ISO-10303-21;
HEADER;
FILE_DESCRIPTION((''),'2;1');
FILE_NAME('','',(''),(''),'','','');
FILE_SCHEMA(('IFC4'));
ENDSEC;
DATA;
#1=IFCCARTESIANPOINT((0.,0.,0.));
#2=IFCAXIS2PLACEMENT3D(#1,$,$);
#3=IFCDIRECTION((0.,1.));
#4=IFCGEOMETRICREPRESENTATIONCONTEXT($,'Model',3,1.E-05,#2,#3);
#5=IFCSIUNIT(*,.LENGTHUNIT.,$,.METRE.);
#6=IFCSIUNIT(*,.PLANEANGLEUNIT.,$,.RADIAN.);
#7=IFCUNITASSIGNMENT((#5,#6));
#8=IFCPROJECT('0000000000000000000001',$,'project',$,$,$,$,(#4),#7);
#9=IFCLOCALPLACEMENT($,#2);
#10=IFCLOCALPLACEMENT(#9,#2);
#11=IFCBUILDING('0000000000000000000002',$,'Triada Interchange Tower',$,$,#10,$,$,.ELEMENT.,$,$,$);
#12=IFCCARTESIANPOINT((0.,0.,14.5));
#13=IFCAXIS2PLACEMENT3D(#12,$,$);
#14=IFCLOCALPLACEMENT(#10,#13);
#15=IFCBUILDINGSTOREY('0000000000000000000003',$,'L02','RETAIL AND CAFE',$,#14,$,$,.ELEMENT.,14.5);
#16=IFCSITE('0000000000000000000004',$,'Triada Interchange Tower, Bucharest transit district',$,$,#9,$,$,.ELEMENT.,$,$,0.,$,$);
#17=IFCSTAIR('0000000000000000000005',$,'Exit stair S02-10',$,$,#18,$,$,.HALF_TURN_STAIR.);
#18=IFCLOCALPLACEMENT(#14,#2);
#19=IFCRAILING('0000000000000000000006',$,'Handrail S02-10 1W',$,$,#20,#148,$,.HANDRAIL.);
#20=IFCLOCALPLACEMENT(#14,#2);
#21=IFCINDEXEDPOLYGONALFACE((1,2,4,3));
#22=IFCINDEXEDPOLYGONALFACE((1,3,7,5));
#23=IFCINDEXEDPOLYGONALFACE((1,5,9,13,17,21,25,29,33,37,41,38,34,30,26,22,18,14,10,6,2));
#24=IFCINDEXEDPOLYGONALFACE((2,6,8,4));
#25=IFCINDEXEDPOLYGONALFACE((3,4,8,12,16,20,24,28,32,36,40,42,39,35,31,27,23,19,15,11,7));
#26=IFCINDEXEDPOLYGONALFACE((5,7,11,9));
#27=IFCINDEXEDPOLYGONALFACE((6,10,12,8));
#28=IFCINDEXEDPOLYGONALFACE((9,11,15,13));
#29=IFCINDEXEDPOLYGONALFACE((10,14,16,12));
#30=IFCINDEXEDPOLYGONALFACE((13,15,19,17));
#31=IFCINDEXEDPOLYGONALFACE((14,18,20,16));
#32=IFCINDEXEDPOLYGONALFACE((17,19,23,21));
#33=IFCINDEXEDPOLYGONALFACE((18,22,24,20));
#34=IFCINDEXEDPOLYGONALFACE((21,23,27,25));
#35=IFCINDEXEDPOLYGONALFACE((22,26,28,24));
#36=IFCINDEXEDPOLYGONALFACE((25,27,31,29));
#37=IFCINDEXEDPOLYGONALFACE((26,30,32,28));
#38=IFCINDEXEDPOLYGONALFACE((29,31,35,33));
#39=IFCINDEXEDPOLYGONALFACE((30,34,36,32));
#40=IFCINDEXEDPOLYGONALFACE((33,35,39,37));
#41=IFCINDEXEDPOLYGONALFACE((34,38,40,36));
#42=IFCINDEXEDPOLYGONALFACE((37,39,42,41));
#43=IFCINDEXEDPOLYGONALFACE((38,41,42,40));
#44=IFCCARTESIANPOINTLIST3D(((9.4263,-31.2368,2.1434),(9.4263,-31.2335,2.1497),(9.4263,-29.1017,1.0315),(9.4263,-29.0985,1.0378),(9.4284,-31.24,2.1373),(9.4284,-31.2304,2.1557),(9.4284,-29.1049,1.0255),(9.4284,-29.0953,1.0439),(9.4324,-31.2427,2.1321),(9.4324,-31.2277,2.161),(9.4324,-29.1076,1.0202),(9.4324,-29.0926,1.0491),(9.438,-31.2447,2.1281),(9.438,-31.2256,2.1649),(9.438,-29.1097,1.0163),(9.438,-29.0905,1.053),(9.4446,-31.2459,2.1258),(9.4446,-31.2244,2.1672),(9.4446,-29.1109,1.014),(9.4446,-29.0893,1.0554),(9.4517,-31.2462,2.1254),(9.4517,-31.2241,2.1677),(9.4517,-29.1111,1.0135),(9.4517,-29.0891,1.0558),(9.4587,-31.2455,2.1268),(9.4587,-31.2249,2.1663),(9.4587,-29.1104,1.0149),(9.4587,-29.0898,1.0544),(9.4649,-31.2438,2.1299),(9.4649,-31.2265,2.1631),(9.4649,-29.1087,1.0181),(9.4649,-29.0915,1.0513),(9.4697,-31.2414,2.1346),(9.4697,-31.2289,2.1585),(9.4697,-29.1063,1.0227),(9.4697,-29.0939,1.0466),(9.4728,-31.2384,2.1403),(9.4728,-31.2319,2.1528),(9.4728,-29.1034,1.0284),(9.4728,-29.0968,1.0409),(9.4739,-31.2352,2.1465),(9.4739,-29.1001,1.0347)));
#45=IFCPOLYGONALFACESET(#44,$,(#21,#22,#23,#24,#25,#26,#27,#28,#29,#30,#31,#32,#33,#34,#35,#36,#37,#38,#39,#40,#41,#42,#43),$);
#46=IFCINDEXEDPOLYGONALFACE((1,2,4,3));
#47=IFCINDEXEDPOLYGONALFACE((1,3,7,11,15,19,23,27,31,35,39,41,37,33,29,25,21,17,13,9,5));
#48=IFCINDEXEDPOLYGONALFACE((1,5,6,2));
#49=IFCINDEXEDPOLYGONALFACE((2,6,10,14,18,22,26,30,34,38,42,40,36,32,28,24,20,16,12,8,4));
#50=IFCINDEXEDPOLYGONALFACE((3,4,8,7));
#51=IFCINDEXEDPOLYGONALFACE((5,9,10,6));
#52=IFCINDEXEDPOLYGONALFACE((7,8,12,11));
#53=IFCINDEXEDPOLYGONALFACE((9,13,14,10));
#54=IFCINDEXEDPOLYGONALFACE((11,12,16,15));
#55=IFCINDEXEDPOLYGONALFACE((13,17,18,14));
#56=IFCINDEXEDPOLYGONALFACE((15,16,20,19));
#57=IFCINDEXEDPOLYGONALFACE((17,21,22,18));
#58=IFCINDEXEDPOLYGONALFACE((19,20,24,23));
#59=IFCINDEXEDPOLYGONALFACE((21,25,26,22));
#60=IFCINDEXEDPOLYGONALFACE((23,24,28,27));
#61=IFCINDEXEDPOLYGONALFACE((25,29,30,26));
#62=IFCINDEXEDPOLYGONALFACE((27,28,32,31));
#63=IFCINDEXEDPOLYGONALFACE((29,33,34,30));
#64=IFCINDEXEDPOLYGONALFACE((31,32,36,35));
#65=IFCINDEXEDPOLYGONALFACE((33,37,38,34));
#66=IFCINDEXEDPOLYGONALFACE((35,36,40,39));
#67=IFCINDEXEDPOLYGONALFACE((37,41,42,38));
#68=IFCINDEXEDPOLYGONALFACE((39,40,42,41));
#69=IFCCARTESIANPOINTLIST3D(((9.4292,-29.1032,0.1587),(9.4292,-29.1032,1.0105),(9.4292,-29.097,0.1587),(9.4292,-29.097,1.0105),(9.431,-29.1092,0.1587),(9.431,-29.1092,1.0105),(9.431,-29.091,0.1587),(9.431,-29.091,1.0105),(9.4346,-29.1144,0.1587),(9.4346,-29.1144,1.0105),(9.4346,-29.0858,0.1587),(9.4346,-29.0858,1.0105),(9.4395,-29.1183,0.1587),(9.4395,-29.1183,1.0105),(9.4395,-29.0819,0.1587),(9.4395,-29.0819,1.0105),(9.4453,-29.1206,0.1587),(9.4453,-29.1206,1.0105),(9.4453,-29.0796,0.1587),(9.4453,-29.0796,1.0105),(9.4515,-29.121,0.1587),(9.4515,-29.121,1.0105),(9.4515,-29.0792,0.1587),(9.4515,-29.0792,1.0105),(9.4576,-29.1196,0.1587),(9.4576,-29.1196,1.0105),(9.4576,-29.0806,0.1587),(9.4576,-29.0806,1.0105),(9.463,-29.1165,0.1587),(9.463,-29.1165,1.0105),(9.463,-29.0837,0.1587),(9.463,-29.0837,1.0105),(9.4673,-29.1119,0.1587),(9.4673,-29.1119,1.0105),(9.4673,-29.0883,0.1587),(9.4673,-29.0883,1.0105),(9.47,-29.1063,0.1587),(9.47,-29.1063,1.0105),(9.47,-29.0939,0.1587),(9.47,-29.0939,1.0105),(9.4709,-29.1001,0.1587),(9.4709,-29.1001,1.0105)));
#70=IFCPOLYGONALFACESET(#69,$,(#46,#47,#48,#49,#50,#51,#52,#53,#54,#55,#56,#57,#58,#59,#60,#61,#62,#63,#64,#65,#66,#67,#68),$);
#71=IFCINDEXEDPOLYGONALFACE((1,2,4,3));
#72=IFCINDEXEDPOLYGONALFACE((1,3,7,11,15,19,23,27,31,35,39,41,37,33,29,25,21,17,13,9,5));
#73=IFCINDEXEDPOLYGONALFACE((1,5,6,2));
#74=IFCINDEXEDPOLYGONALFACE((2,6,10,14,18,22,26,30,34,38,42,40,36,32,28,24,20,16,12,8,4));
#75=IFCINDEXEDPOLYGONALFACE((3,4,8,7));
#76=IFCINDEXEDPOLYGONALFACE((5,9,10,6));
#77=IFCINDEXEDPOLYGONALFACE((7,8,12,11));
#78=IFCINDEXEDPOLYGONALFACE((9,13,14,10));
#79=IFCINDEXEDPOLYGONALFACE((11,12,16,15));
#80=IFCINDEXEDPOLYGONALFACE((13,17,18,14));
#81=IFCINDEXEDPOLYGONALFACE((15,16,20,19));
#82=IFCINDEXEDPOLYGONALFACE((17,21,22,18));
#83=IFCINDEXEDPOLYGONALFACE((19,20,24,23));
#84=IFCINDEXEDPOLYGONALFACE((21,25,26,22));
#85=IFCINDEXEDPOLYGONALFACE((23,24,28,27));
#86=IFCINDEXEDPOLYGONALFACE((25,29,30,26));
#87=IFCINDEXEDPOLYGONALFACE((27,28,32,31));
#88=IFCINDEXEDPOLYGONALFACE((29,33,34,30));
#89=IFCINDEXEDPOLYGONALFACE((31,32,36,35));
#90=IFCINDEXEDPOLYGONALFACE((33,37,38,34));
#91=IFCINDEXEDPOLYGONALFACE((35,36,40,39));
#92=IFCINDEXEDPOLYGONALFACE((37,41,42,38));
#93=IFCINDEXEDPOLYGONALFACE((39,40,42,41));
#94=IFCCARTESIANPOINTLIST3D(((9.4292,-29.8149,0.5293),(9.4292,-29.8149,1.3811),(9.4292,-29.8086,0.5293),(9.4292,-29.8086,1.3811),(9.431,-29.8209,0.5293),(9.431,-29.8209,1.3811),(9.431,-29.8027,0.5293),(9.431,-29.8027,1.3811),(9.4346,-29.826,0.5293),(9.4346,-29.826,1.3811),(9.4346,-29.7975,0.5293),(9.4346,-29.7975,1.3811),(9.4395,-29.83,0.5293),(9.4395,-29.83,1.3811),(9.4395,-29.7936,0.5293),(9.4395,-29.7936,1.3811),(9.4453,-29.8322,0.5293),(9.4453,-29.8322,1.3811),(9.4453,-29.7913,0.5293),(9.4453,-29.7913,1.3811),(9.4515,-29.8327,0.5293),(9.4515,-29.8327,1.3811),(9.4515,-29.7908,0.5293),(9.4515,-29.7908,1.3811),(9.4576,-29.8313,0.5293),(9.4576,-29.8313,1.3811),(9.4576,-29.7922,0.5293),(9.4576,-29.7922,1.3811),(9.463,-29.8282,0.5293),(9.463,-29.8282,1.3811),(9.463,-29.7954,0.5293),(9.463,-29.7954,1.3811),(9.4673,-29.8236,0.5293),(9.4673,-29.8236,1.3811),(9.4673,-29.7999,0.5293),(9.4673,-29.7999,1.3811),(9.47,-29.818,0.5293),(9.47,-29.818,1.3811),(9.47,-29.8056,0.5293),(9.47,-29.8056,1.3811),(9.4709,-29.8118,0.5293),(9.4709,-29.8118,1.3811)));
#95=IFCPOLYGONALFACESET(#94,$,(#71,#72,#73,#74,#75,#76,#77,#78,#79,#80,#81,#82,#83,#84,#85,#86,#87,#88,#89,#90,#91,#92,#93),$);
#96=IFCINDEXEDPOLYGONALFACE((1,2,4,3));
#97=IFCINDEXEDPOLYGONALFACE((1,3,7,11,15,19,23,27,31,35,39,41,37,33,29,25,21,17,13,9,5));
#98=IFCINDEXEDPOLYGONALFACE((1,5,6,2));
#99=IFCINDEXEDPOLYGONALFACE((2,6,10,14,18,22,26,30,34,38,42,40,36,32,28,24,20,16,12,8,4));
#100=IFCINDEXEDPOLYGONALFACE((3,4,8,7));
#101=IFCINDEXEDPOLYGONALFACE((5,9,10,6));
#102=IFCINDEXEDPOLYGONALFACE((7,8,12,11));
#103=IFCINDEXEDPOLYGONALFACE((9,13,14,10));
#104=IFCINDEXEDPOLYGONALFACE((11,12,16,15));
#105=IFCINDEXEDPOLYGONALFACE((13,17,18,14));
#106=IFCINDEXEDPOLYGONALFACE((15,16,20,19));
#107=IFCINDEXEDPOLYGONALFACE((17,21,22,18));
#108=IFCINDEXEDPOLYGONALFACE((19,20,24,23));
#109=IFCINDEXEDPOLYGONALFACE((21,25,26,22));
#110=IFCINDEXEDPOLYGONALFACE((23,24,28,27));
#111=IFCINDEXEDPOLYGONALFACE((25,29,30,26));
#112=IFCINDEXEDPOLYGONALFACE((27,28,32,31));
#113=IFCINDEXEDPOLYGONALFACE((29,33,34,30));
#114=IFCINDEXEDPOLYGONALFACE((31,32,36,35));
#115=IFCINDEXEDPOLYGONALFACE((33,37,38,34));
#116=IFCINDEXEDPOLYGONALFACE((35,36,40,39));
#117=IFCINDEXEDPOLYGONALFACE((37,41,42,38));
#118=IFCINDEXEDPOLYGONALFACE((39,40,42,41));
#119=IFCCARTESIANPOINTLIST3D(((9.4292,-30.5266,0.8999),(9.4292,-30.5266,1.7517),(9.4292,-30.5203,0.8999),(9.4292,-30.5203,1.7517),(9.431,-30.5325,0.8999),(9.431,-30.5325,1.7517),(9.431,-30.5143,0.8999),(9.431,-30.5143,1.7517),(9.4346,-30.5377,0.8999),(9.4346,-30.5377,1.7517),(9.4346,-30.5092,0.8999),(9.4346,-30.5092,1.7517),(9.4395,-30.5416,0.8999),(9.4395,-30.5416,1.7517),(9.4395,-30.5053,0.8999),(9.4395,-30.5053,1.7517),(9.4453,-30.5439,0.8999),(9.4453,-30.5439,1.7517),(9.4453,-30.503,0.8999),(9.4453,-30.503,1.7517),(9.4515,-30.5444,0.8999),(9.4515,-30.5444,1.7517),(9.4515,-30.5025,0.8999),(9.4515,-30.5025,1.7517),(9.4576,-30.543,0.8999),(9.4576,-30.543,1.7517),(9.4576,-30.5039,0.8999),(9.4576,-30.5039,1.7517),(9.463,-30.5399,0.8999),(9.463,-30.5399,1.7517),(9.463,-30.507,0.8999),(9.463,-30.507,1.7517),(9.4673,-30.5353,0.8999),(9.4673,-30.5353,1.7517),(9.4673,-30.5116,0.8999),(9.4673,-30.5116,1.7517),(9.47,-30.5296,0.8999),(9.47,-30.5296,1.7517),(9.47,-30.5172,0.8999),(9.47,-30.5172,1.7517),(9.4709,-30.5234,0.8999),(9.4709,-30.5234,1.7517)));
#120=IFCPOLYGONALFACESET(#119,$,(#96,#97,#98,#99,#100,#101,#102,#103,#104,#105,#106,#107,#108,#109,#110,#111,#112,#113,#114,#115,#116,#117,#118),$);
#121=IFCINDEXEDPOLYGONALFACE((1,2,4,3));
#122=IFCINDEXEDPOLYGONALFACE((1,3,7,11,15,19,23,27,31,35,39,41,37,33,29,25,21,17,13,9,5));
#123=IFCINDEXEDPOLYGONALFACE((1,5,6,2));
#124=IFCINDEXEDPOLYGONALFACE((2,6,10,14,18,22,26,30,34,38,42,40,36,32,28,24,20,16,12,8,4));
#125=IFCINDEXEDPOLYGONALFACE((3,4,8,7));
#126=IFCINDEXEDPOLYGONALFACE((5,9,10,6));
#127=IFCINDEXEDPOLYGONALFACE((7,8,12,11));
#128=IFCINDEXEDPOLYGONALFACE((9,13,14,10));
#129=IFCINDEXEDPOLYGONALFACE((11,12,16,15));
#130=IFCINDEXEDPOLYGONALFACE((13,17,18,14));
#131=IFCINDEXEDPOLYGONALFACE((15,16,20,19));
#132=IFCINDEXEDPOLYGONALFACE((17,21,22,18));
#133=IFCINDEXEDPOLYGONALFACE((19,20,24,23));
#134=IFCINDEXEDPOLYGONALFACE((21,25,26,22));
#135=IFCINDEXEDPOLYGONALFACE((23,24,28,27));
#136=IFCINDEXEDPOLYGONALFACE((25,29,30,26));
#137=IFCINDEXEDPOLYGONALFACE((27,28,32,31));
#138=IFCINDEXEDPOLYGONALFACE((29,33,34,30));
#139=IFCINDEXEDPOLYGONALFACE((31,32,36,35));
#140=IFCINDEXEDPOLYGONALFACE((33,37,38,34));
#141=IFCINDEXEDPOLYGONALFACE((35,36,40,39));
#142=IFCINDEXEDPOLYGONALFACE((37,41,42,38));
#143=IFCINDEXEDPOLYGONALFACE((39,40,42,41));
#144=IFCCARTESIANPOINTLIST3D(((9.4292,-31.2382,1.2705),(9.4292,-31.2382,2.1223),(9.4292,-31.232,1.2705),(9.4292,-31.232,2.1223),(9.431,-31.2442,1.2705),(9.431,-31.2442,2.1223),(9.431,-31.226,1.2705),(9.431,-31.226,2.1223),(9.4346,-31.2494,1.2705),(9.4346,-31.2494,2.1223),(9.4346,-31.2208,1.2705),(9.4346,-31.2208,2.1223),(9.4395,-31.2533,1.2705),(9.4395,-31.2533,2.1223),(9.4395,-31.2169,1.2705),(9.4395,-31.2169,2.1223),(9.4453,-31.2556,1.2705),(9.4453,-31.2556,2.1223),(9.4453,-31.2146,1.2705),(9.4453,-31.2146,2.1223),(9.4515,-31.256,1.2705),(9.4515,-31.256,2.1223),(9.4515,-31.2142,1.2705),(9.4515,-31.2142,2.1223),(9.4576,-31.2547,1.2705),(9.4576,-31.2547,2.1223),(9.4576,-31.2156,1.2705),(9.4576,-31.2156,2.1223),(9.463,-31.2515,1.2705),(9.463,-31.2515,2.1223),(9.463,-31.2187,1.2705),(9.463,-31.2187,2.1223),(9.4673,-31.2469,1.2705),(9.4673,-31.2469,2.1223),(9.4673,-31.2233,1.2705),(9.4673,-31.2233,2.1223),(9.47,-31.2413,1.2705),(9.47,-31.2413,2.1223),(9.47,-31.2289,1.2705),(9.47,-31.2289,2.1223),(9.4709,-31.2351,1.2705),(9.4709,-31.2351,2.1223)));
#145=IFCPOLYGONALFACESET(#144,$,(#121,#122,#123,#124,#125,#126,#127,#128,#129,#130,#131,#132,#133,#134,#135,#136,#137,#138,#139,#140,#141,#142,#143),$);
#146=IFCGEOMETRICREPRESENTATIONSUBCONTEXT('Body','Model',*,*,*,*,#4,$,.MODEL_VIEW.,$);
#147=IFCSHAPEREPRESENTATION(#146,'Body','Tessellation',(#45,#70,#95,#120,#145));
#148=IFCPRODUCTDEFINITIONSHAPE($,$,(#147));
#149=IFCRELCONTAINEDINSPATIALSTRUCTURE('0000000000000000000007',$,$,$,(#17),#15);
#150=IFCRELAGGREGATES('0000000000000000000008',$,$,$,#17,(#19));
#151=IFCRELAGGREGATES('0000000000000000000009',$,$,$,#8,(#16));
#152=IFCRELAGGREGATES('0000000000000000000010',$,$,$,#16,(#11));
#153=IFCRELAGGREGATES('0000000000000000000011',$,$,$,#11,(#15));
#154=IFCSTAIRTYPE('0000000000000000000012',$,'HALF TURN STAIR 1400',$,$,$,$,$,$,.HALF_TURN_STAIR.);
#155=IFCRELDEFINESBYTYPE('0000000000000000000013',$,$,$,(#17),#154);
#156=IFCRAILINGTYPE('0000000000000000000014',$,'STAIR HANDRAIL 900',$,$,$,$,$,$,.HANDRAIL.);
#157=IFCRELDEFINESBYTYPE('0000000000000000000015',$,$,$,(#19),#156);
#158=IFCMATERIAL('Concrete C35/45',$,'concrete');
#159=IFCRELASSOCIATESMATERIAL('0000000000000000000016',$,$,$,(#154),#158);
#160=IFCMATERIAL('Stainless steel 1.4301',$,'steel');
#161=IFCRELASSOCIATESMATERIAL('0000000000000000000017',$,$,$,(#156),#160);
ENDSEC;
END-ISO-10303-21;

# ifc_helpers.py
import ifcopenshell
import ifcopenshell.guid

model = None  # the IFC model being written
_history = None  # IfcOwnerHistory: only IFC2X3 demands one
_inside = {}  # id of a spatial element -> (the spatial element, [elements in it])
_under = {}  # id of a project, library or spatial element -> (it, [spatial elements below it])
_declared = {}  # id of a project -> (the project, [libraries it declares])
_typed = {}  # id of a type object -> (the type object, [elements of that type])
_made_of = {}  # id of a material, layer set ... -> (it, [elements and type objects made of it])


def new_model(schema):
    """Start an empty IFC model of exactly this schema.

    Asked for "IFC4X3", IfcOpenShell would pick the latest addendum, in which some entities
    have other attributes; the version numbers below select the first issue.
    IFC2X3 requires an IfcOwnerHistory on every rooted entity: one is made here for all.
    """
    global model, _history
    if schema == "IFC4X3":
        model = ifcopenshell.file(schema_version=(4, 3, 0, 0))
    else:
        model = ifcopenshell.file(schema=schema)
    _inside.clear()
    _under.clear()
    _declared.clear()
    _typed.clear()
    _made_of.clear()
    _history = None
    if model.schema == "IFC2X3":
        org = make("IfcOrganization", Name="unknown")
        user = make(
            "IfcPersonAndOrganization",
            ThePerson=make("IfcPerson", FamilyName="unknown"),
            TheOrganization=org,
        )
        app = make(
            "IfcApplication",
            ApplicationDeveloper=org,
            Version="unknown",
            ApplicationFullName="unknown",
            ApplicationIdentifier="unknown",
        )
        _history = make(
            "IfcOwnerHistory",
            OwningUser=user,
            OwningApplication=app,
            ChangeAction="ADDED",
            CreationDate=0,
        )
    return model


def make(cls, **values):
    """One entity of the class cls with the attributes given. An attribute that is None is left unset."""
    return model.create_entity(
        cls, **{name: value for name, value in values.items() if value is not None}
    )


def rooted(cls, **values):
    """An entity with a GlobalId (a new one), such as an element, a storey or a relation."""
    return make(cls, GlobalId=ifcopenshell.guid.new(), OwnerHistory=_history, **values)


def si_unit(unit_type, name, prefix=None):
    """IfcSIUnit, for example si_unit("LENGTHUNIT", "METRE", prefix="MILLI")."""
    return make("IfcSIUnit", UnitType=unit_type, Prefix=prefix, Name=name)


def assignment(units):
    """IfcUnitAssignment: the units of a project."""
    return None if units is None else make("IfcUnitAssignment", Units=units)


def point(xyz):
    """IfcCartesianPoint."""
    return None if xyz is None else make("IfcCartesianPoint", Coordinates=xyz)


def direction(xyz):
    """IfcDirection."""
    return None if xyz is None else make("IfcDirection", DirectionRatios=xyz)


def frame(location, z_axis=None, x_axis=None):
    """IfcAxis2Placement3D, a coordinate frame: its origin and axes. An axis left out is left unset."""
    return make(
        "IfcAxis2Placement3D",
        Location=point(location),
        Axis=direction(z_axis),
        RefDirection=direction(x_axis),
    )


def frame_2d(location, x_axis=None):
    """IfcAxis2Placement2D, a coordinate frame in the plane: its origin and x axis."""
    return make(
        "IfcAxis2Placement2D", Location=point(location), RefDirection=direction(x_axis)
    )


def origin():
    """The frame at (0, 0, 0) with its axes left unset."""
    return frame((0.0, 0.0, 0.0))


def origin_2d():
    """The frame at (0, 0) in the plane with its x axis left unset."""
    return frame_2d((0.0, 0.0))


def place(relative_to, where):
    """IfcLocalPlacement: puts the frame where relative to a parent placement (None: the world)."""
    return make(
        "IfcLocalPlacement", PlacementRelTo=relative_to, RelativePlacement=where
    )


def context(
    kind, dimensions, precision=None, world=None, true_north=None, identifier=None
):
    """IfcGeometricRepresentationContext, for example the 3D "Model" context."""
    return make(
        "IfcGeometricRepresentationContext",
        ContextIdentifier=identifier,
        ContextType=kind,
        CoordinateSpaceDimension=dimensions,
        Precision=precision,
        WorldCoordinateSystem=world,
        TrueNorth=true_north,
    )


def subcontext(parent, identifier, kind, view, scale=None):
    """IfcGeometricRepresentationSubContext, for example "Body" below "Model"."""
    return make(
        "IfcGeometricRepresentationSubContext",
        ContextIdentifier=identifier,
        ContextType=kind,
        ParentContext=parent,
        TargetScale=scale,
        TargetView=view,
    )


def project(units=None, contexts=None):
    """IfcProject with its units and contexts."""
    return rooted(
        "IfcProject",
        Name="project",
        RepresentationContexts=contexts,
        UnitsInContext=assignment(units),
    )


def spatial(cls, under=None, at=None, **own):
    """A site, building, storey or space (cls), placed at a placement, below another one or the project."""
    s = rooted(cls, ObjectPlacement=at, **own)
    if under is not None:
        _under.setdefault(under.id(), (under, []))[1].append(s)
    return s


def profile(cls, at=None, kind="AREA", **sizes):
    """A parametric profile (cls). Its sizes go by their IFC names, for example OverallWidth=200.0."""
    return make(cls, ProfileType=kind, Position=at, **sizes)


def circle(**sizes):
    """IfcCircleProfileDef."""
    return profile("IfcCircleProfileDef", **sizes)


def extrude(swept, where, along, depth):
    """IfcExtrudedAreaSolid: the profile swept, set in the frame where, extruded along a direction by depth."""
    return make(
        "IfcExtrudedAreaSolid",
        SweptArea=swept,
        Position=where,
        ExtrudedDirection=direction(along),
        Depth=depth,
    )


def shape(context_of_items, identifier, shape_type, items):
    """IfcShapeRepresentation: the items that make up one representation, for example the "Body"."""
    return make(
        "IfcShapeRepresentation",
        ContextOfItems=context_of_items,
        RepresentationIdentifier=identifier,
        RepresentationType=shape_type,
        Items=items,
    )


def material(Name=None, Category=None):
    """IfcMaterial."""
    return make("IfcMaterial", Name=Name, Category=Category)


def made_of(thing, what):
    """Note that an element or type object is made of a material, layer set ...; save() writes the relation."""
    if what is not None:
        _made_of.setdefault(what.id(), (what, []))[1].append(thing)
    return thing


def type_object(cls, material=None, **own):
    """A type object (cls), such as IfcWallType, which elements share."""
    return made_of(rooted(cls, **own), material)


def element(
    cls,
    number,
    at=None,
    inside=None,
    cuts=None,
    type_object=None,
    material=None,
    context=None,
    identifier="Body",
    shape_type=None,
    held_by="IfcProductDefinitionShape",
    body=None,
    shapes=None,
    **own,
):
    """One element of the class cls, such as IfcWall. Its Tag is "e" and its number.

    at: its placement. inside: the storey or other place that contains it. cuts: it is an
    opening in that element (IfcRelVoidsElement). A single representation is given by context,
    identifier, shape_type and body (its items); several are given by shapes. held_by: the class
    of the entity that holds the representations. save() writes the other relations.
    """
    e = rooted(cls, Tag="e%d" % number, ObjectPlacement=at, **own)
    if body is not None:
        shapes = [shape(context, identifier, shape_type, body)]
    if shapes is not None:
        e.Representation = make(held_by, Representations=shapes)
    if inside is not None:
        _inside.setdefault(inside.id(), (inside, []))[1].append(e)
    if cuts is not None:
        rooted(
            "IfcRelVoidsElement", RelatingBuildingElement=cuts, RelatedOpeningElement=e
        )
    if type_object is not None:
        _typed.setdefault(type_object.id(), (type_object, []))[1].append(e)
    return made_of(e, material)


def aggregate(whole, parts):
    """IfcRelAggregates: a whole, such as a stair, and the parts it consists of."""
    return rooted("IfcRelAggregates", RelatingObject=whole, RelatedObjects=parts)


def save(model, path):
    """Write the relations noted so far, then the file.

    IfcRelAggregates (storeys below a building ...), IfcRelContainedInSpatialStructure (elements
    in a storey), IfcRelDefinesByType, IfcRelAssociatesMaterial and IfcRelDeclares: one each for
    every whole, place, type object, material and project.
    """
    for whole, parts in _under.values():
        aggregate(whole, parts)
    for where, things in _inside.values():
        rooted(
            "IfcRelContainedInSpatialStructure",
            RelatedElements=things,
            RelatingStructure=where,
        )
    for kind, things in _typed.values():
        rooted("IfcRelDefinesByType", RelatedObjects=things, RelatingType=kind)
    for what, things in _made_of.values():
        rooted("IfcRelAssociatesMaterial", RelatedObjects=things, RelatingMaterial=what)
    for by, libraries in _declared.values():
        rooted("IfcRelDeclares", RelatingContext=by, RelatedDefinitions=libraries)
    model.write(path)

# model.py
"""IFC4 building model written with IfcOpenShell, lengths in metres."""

from ifc_helpers import new_model, si_unit, direction, frame, origin, origin_2d, place, context, subcontext, project, spatial, circle, extrude, material, type_object, element, aggregate, save


model = new_model("IFC4")

# Units and contexts
model_context = context("Model", 3, precision=1e-05, world=origin(), true_north=direction((0.0, 1.0)))
body_context = subcontext(model_context, "Body", "Model", "MODEL_VIEW")
ifc_project = project(units=[si_unit("LENGTHUNIT", "METRE"), si_unit("PLANEANGLEUNIT", "RADIAN")], contexts=[model_context])

# Site, building, storey
site_placement = place(None, origin())
site = spatial("IfcSite", under=ifc_project, at=site_placement, Name="Triada Interchange Tower, Bucharest transit district", CompositionType="ELEMENT", RefElevation=0.0)
building_placement = place(site_placement, origin())
building = spatial("IfcBuilding", under=site, at=building_placement, Name="Triada Interchange Tower", CompositionType="ELEMENT")
storey_placement = place(building_placement, frame((0.0, 0.0, 14.5)))
storey = spatial("IfcBuildingStorey", under=building, at=storey_placement, Name="L02", Description="RETAIL AND CAFE", CompositionType="ELEMENT", Elevation=14.5)

# Shared definitions
ifc_material_1 = material(Name="Concrete C35/45", Category="concrete")

# Stair, railing
stair_type = type_object("IfcStairType", Name="HALF TURN STAIR 1400", PredefinedType="HALF_TURN_STAIR", material=ifc_material_1)
stair_placement = place(storey_placement, origin())
stair = element("IfcStair", 1, at=stair_placement, inside=storey, type_object=stair_type, Name="Exit stair S02-10", PredefinedType="HALF_TURN_STAIR")
ifc_material_2 = material(Name="Stainless steel 1.4301", Category="steel")
railing_type_1 = type_object("IfcRailingType", Name="STAIR HANDRAIL 900", PredefinedType="HANDRAIL", material=ifc_material_2)
railing_1_placement = place(storey_placement, frame((9.45, -29.1001, 0.1587)))
railing_1 = element("IfcRailing", 2, at=railing_1_placement, type_object=railing_type_1, Name="Handrail S02-10 1W", PredefinedType="HANDRAIL", context=body_context, shape_type="SweptSolid", body=[
    extrude(circle(Radius=0.0239, at=origin_2d()), frame((0.0, 0.0, 0.876), z_axis=(0.0, -0.886943, 0.46188), x_axis=(1.0, 0.0, 0.0)), (0.0, 0.0, 1.0), 2.4072),
    extrude(circle(Radius=0.021, at=origin_2d()), origin(), (0.0, 0.0, 1.0), 0.8518),
    extrude(circle(Radius=0.021, at=origin_2d()), frame((0.0, -0.7117, 0.3706)), (0.0, 0.0, 1.0), 0.8518),
    extrude(circle(Radius=0.021, at=origin_2d()), frame((0.0, -1.4233, 0.7412)), (0.0, 0.0, 1.0), 0.8518),
    extrude(circle(Radius=0.021, at=origin_2d()), frame((0.0, -2.135, 1.1118)), (0.0, 0.0, 1.0), 0.8518),
])
aggregate(stair, [railing_1])

save(model, "model.ifc")
